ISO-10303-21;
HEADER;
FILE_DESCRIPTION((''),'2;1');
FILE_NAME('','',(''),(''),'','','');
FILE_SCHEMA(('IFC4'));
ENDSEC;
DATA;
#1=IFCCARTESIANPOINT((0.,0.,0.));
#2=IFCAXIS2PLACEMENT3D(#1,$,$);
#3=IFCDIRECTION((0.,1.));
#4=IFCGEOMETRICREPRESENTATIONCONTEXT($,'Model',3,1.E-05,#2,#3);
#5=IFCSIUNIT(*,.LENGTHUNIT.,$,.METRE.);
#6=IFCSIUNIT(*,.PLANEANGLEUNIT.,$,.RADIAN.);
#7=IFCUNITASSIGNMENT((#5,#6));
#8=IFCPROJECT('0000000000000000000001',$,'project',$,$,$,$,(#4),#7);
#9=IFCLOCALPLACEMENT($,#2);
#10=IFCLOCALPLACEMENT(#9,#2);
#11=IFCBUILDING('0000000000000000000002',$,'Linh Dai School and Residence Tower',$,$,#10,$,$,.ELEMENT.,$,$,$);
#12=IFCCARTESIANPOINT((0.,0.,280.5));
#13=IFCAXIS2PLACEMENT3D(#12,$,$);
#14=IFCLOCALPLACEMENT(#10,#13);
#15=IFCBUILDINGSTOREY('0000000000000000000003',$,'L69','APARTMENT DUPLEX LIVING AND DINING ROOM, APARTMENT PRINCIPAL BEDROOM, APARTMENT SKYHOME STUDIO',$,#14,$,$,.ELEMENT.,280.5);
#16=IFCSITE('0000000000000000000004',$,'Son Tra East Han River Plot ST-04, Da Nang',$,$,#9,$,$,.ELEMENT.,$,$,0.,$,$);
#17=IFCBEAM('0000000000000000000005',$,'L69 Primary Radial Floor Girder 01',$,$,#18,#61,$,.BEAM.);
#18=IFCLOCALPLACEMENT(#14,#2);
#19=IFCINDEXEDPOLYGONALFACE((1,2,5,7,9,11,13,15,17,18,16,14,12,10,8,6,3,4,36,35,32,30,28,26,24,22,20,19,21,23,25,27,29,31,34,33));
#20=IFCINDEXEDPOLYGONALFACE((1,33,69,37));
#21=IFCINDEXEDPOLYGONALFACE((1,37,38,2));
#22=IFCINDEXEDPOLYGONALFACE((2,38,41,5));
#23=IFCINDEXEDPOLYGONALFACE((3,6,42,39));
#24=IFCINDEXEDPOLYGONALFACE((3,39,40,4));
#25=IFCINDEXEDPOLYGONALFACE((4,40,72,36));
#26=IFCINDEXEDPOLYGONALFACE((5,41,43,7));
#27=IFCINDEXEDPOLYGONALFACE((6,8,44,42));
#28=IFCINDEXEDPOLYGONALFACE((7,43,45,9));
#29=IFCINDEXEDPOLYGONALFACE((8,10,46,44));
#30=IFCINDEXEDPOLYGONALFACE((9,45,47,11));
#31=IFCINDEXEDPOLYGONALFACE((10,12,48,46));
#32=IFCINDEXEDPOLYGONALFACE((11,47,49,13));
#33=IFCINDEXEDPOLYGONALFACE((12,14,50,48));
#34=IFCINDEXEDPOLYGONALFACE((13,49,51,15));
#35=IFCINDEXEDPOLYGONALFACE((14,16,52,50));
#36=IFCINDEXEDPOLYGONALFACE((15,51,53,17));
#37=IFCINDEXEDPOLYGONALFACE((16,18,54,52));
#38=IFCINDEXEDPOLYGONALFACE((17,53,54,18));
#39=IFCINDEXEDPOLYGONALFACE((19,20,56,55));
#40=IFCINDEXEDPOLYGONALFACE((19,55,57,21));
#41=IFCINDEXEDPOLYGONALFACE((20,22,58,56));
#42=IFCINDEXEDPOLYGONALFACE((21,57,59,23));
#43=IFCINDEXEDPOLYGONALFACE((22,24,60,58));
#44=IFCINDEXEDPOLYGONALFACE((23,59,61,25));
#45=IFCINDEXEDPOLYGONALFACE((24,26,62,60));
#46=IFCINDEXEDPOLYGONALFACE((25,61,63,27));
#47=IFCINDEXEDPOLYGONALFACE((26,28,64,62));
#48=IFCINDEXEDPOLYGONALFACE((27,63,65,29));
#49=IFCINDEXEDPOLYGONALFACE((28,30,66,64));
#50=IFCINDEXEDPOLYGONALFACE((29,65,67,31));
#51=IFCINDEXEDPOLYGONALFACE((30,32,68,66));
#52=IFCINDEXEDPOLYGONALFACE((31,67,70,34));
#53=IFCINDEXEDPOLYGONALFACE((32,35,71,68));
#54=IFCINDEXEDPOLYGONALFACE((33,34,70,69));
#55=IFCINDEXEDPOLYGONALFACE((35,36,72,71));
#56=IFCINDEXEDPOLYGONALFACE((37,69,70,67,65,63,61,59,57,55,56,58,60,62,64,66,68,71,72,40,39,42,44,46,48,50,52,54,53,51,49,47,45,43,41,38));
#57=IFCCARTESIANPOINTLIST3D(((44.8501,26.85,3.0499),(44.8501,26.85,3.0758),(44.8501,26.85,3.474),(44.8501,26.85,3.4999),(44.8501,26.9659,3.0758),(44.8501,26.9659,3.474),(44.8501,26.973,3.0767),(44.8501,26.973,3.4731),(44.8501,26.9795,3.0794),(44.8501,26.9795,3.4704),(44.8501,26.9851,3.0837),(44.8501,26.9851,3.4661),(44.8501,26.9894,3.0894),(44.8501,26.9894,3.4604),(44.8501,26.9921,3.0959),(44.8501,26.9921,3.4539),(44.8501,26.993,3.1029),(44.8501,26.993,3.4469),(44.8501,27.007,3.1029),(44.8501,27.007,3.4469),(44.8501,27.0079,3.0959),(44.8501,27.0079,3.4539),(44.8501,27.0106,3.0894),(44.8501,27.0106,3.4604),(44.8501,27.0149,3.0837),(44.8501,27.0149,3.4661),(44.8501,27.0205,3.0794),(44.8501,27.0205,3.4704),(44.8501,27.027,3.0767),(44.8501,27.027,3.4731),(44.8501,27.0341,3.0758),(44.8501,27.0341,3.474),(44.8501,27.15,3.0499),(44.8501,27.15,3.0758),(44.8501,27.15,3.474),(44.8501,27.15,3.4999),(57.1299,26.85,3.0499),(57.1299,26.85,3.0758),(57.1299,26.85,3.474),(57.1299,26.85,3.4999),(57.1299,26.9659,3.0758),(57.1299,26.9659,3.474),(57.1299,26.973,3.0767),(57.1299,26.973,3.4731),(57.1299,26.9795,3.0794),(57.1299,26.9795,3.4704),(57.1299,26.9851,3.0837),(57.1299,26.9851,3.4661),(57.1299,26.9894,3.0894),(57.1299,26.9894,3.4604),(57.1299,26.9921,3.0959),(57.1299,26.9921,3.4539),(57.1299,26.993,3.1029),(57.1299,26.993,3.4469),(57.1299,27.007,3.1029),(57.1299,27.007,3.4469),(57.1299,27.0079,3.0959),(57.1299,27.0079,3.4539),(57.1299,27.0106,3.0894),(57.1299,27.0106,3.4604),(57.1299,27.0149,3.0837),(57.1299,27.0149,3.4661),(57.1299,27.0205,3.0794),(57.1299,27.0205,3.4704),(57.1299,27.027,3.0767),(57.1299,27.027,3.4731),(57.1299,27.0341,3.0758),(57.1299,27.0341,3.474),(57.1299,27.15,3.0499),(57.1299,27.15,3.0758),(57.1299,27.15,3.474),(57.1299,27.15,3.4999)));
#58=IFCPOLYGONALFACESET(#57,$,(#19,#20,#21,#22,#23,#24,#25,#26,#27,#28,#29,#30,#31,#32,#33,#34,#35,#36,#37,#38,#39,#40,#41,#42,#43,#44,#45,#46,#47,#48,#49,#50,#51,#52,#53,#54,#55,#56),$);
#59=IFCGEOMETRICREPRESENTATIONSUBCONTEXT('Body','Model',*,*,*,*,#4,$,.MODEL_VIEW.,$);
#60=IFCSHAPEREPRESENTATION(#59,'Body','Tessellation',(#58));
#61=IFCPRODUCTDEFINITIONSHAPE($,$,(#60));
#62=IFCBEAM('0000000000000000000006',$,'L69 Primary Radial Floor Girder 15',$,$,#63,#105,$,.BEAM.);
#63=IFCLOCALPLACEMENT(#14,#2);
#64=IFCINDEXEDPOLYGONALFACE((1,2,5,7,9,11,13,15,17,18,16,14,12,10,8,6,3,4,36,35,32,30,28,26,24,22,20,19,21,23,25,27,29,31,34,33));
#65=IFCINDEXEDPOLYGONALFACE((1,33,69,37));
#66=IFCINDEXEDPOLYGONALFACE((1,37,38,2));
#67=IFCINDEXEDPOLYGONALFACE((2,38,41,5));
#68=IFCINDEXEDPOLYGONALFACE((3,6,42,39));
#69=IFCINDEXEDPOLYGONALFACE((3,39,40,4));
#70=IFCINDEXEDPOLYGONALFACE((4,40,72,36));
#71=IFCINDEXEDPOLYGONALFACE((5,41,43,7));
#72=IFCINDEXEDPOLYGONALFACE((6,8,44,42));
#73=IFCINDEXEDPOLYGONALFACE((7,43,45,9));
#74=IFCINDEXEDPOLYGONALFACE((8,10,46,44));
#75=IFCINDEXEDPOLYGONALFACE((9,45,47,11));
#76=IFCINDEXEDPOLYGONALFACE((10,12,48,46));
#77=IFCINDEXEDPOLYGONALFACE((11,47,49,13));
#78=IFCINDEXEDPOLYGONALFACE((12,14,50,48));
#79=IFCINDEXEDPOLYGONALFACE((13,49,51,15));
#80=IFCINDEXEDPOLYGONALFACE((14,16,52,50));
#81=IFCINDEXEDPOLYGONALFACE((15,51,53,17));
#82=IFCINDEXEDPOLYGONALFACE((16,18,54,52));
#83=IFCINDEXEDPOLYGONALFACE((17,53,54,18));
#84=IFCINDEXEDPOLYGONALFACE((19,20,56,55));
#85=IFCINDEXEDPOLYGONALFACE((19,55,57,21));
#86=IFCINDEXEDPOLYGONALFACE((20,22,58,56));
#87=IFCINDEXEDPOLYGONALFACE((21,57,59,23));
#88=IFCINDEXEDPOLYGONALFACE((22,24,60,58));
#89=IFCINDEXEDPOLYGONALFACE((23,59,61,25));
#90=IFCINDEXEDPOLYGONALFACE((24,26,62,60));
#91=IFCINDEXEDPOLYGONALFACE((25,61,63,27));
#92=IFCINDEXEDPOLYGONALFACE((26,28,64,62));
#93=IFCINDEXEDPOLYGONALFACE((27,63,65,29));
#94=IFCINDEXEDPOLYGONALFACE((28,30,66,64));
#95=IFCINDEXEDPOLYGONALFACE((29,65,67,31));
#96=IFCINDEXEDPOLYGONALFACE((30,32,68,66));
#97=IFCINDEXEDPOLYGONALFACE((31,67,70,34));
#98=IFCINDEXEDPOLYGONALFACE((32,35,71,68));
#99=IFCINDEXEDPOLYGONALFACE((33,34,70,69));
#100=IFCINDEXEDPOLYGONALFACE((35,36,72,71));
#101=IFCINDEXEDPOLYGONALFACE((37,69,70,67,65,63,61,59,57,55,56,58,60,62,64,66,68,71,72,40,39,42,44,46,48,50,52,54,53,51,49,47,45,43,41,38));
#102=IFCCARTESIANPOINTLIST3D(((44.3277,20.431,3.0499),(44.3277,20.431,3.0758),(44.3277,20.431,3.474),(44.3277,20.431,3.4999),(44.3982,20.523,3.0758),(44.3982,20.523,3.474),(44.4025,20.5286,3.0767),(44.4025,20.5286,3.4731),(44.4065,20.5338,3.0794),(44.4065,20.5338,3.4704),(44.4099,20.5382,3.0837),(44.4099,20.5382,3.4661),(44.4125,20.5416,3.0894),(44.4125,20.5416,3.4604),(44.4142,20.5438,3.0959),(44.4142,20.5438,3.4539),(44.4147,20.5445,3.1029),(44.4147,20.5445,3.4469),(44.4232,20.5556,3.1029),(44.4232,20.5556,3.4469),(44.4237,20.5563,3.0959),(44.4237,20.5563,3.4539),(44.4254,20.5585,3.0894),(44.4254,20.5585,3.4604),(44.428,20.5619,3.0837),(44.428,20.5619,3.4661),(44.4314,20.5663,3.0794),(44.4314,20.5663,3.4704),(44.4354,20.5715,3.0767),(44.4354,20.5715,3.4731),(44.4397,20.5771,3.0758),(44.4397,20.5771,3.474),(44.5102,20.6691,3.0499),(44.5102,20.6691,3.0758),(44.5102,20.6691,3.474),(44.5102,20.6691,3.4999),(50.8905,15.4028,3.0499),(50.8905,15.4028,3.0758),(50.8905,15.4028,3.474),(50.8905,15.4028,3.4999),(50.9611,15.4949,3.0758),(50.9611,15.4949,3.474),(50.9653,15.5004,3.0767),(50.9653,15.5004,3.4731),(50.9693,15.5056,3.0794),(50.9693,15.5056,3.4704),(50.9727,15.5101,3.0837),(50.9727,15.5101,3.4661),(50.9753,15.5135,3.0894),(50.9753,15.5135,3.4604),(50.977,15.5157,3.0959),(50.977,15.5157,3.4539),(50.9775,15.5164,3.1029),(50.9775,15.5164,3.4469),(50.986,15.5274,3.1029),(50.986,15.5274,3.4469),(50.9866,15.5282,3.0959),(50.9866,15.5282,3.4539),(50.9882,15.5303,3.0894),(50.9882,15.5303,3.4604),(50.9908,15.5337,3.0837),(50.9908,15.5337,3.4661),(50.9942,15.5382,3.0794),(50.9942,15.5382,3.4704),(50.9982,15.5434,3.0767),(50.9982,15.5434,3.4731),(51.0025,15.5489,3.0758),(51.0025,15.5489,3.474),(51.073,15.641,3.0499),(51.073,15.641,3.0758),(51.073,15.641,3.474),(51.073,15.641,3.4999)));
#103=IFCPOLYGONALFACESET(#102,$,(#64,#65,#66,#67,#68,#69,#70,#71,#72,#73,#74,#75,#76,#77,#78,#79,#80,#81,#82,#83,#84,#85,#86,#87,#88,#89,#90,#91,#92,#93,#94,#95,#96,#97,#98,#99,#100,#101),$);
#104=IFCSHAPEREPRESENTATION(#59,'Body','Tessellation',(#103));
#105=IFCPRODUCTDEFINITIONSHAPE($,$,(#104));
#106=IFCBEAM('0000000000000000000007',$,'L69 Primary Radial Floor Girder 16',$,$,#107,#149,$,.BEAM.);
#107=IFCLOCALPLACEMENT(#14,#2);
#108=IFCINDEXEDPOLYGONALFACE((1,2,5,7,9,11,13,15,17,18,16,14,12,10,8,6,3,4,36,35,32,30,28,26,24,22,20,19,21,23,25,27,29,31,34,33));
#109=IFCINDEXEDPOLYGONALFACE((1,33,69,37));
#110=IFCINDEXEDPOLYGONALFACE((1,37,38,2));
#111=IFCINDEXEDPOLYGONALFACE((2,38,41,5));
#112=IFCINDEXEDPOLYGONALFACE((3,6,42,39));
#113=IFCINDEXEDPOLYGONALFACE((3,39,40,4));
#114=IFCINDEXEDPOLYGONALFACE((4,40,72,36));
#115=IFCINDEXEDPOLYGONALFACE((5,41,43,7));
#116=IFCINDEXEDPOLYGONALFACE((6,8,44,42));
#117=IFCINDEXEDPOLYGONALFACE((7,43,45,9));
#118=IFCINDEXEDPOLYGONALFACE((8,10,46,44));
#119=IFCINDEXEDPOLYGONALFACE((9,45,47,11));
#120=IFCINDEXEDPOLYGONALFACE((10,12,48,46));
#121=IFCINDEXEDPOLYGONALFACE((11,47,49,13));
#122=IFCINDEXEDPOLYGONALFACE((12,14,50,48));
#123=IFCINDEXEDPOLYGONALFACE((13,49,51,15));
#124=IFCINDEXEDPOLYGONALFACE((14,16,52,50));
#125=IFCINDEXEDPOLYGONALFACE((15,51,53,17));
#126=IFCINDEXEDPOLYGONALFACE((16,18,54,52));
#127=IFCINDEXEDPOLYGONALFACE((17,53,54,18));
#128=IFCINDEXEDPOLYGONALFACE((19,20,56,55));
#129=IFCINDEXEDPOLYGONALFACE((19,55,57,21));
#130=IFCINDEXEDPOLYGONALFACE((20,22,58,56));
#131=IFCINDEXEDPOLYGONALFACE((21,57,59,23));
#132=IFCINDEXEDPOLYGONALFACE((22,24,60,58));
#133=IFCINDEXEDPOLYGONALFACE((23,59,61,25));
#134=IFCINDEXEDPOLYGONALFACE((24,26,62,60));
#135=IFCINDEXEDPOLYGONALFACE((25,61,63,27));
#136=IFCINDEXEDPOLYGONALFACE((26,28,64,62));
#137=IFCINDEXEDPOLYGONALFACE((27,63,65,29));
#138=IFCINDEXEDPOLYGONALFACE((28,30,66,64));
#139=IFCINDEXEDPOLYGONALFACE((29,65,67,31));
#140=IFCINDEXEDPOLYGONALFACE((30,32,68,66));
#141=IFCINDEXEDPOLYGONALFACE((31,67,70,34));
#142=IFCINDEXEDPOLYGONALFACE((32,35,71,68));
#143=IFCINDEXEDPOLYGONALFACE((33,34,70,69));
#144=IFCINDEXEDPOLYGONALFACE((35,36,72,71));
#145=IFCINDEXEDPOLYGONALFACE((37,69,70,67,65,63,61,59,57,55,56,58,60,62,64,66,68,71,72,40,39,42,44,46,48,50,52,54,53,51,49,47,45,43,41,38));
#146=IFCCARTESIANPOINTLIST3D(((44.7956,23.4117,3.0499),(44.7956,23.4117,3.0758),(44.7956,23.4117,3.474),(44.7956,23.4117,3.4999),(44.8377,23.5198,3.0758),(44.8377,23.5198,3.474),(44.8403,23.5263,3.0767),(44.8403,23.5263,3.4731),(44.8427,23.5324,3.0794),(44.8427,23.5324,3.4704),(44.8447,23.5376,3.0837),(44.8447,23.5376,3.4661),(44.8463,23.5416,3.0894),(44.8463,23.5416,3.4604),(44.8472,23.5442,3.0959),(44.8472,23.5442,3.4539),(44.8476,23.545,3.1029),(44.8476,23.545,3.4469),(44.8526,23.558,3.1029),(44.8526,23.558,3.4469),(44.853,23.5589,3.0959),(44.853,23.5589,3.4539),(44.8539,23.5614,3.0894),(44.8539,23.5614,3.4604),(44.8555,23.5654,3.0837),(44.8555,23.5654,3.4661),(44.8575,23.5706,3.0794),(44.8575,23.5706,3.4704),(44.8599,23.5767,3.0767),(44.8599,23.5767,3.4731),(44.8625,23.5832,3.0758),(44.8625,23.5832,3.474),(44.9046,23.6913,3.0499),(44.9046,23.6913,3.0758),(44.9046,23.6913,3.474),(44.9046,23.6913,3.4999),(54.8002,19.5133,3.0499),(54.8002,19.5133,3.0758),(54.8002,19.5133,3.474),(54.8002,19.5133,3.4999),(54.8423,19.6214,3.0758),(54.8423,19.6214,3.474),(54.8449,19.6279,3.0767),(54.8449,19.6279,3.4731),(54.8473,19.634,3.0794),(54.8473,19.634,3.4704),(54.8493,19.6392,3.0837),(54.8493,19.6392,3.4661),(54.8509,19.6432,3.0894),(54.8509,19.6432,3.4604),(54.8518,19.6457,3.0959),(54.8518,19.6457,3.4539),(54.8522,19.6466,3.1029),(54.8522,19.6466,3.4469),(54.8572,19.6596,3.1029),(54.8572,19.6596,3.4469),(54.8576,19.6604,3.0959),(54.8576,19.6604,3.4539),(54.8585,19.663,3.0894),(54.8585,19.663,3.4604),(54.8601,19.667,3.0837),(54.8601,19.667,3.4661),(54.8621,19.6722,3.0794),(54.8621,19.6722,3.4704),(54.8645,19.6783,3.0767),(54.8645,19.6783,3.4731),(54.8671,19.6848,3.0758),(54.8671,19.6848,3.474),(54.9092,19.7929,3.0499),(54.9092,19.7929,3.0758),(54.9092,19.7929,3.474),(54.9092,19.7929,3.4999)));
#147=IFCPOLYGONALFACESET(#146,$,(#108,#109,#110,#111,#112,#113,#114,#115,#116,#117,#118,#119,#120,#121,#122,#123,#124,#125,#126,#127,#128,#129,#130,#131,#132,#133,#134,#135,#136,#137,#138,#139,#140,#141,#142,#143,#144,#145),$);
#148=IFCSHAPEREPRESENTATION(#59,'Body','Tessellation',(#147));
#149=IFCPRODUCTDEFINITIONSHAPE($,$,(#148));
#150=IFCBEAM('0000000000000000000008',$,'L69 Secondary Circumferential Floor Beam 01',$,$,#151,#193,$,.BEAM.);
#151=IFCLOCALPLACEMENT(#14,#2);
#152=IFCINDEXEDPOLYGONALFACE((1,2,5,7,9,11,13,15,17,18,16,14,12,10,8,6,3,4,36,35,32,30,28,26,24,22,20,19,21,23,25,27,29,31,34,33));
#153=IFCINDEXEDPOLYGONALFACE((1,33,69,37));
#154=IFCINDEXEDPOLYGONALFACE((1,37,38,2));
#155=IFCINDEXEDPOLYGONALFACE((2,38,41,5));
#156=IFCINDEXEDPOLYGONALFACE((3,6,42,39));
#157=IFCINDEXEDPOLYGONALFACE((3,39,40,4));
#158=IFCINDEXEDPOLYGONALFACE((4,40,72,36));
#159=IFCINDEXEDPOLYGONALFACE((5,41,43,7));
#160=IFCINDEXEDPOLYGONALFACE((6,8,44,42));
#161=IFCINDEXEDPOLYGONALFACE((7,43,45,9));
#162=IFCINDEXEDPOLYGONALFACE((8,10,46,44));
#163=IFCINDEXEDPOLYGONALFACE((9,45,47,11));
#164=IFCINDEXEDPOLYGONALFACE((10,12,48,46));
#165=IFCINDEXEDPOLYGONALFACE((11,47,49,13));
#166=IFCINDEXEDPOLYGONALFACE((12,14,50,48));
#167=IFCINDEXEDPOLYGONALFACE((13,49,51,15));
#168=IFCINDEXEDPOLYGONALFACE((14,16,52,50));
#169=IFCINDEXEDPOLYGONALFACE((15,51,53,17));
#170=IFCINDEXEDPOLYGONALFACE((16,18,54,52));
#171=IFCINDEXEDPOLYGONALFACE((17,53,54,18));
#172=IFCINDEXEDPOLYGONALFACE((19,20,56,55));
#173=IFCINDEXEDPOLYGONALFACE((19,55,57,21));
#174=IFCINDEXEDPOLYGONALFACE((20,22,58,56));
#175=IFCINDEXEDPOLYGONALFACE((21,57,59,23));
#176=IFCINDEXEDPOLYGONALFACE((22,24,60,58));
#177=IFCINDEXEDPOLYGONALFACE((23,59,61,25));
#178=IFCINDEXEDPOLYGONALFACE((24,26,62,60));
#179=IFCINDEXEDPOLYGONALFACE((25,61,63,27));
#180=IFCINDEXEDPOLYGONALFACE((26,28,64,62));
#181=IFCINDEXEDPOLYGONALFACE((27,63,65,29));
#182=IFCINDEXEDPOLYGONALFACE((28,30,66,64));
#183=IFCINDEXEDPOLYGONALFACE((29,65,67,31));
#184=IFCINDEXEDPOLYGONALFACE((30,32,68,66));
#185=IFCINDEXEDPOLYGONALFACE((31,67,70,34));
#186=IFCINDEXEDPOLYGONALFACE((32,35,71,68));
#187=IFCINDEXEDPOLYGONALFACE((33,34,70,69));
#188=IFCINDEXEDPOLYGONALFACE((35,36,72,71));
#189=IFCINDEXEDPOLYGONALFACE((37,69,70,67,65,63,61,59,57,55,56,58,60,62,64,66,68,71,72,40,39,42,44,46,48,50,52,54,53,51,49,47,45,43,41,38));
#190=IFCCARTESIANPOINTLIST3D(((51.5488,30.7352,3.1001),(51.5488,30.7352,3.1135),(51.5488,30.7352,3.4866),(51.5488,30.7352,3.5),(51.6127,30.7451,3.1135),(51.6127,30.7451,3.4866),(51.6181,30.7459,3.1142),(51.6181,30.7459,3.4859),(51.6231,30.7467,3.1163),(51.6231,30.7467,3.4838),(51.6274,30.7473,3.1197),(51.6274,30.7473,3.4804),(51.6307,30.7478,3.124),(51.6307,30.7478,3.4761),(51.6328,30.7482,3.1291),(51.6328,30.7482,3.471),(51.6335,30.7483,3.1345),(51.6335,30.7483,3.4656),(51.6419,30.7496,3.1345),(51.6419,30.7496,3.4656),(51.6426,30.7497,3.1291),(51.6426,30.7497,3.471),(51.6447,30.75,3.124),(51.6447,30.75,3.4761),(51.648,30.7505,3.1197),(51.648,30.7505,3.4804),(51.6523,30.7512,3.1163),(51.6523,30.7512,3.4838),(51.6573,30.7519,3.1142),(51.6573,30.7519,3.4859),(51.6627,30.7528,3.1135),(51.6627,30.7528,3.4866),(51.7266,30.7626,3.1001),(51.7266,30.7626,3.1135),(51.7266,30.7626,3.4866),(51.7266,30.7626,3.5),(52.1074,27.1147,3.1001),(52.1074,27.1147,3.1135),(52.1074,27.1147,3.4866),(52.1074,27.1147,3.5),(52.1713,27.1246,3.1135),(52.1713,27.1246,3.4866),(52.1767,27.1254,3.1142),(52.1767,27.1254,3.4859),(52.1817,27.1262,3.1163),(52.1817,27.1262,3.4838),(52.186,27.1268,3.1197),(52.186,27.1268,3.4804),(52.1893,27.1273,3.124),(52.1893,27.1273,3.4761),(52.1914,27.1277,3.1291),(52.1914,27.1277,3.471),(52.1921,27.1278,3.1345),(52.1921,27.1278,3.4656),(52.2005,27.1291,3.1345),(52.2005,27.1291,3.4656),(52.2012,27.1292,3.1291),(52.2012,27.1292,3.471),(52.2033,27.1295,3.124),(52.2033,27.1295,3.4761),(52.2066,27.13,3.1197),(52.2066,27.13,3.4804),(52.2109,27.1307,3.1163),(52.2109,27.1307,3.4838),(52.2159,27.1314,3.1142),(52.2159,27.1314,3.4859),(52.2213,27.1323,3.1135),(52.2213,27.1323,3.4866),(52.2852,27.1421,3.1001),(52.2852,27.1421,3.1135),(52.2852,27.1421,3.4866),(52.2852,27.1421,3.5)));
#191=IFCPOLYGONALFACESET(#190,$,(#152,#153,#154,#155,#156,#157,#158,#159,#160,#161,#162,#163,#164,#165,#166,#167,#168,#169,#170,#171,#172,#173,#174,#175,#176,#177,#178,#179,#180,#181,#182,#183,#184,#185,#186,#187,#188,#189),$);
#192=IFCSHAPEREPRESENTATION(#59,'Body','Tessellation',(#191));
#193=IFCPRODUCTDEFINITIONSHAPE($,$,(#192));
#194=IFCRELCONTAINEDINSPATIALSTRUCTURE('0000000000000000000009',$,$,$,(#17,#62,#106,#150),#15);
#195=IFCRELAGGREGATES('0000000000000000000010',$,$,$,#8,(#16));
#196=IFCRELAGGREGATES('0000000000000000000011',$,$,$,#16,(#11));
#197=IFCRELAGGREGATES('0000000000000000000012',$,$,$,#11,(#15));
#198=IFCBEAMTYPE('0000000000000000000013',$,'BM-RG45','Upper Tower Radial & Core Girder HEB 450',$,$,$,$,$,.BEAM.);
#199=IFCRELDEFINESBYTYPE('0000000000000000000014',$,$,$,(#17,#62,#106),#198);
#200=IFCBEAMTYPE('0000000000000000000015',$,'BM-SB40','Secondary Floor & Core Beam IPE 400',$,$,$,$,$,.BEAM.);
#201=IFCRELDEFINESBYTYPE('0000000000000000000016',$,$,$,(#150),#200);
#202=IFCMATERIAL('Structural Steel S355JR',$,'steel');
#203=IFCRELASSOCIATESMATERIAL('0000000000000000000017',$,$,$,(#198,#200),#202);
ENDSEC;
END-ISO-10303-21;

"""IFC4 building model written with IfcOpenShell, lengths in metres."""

from ifc_helpers import new_model, si_unit, direction, frame, origin, origin_2d, place, context, subcontext, project, spatial, i_section, extrude, material, material_profile, profile_set, type_object, element, save


model = new_model("IFC4")

# Units and contexts
model_context = context("Model", 3, precision=1e-05, world=origin(), true_north=direction((0.0, 1.0)))
body_context = subcontext(model_context, "Body", "Model", "MODEL_VIEW")
ifc_project = project(units=[si_unit("LENGTHUNIT", "METRE"), si_unit("PLANEANGLEUNIT", "RADIAN")], contexts=[model_context])

# Site, building, storey
site_placement = place(None, origin())
site = spatial("IfcSite", under=ifc_project, at=site_placement, Name="Son Tra East Han River Plot ST-04, Da Nang", CompositionType="ELEMENT", RefElevation=0.0)
building_placement = place(site_placement, origin())
building = spatial("IfcBuilding", under=site, at=building_placement, Name="Linh Dai School and Residence Tower", CompositionType="ELEMENT")
storey_placement = place(building_placement, frame((0.0, 0.0, 280.5)))
storey = spatial("IfcBuildingStorey", under=building, at=storey_placement, Name="L69", Description="APARTMENT DUPLEX LIVING AND DINING ROOM, APARTMENT PRINCIPAL BEDROOM, APARTMENT SKYHOME STUDIO", CompositionType="ELEMENT", Elevation=280.5)

# Shared definitions
ifc_material_1 = material(Name="Structural Steel S355JR", Category="steel")

# Beams
ifc_material_profile_1 = material_profile(ifc_material_1, i_section(OverallWidth=0.3, OverallDepth=0.45, WebThickness=0.0139, FlangeThickness=0.0259, FilletRadius=0.0271, at=origin_2d()), Name="HEB 450")
ifc_profile_set_1 = profile_set([ifc_material_profile_1], Name="Structural Steel S355JR")
beam_type_1 = type_object("IfcBeamType", Name="BM-RG45", Description="Upper Tower Radial & Core Girder HEB 450", PredefinedType="BEAM", material=ifc_profile_set_1)
beam_1_placement = place(storey_placement, frame((44.8501, 27.0, 3.2749), z_axis=(1.0, 0.0, 0.0), x_axis=(0.0, 1.0, 0.0)))
element("IfcBeam", 1, at=beam_1_placement, inside=storey, type_object=beam_type_1, Name="L69 Primary Radial Floor Girder 01", PredefinedType="BEAM", context=body_context, shape_type="SweptSolid", body=[
    extrude(i_section(OverallWidth=0.3, OverallDepth=0.45, WebThickness=0.0139, FlangeThickness=0.0259, FilletRadius=0.0271, at=origin_2d()), origin(), (0.0, 0.0, 1.0), 12.2798),
])
beam_2_placement = place(storey_placement, frame((44.4189, 20.55, 3.2749), z_axis=(0.793803, -0.608175, 0.0), x_axis=(0.608175, 0.793803, 0.0)))
element("IfcBeam", 2, at=beam_2_placement, inside=storey, type_object=beam_type_1, Name="L69 Primary Radial Floor Girder 15", PredefinedType="BEAM", context=body_context, shape_type="SweptSolid", body=[
    extrude(i_section(OverallWidth=0.3, OverallDepth=0.45, WebThickness=0.0139, FlangeThickness=0.0259, FilletRadius=0.0271, at=origin_2d()), origin(), (0.0, 0.0, 1.0), 8.2676),
])
beam_3_placement = place(storey_placement, frame((44.8501, 23.5515, 3.2749), z_axis=(0.931761, -0.363073, 0.0), x_axis=(0.363073, 0.931761, 0.0)))
element("IfcBeam", 3, at=beam_3_placement, inside=storey, type_object=beam_type_1, Name="L69 Primary Radial Floor Girder 16", PredefinedType="BEAM", context=body_context, shape_type="SweptSolid", body=[
    extrude(i_section(OverallWidth=0.3, OverallDepth=0.45, WebThickness=0.0139, FlangeThickness=0.0259, FilletRadius=0.0271, at=origin_2d()), origin(), (0.0, 0.0, 1.0), 10.7373),
])
ifc_material_profile_2 = material_profile(ifc_material_1, i_section(OverallWidth=0.1799, OverallDepth=0.3999, WebThickness=0.0085, FlangeThickness=0.0134, FilletRadius=0.021, at=origin_2d()), Name="IPE 400")
ifc_profile_set_2 = profile_set([ifc_material_profile_2], Name="Structural Steel S355JR")
beam_type_2 = type_object("IfcBeamType", Name="BM-SB40", Description="Secondary Floor & Core Beam IPE 400", PredefinedType="BEAM", material=ifc_profile_set_2)
beam_4_placement = place(storey_placement, frame((52.1963, 27.1284, 3.3), z_axis=(-0.152478, 0.988307, 0.0), x_axis=(-0.988307, -0.152478, 0.0)))
element("IfcBeam", 4, at=beam_4_placement, inside=storey, type_object=beam_type_2, Name="L69 Secondary Circumferential Floor Beam 01", PredefinedType="BEAM", context=body_context, shape_type="SweptSolid", body=[
    extrude(i_section(OverallWidth=0.1799, OverallDepth=0.3999, WebThickness=0.0085, FlangeThickness=0.0134, FilletRadius=0.021, at=origin_2d()), origin(), (0.0, 0.0, 1.0), 3.6633),
])

save(model, "model.ifc")
